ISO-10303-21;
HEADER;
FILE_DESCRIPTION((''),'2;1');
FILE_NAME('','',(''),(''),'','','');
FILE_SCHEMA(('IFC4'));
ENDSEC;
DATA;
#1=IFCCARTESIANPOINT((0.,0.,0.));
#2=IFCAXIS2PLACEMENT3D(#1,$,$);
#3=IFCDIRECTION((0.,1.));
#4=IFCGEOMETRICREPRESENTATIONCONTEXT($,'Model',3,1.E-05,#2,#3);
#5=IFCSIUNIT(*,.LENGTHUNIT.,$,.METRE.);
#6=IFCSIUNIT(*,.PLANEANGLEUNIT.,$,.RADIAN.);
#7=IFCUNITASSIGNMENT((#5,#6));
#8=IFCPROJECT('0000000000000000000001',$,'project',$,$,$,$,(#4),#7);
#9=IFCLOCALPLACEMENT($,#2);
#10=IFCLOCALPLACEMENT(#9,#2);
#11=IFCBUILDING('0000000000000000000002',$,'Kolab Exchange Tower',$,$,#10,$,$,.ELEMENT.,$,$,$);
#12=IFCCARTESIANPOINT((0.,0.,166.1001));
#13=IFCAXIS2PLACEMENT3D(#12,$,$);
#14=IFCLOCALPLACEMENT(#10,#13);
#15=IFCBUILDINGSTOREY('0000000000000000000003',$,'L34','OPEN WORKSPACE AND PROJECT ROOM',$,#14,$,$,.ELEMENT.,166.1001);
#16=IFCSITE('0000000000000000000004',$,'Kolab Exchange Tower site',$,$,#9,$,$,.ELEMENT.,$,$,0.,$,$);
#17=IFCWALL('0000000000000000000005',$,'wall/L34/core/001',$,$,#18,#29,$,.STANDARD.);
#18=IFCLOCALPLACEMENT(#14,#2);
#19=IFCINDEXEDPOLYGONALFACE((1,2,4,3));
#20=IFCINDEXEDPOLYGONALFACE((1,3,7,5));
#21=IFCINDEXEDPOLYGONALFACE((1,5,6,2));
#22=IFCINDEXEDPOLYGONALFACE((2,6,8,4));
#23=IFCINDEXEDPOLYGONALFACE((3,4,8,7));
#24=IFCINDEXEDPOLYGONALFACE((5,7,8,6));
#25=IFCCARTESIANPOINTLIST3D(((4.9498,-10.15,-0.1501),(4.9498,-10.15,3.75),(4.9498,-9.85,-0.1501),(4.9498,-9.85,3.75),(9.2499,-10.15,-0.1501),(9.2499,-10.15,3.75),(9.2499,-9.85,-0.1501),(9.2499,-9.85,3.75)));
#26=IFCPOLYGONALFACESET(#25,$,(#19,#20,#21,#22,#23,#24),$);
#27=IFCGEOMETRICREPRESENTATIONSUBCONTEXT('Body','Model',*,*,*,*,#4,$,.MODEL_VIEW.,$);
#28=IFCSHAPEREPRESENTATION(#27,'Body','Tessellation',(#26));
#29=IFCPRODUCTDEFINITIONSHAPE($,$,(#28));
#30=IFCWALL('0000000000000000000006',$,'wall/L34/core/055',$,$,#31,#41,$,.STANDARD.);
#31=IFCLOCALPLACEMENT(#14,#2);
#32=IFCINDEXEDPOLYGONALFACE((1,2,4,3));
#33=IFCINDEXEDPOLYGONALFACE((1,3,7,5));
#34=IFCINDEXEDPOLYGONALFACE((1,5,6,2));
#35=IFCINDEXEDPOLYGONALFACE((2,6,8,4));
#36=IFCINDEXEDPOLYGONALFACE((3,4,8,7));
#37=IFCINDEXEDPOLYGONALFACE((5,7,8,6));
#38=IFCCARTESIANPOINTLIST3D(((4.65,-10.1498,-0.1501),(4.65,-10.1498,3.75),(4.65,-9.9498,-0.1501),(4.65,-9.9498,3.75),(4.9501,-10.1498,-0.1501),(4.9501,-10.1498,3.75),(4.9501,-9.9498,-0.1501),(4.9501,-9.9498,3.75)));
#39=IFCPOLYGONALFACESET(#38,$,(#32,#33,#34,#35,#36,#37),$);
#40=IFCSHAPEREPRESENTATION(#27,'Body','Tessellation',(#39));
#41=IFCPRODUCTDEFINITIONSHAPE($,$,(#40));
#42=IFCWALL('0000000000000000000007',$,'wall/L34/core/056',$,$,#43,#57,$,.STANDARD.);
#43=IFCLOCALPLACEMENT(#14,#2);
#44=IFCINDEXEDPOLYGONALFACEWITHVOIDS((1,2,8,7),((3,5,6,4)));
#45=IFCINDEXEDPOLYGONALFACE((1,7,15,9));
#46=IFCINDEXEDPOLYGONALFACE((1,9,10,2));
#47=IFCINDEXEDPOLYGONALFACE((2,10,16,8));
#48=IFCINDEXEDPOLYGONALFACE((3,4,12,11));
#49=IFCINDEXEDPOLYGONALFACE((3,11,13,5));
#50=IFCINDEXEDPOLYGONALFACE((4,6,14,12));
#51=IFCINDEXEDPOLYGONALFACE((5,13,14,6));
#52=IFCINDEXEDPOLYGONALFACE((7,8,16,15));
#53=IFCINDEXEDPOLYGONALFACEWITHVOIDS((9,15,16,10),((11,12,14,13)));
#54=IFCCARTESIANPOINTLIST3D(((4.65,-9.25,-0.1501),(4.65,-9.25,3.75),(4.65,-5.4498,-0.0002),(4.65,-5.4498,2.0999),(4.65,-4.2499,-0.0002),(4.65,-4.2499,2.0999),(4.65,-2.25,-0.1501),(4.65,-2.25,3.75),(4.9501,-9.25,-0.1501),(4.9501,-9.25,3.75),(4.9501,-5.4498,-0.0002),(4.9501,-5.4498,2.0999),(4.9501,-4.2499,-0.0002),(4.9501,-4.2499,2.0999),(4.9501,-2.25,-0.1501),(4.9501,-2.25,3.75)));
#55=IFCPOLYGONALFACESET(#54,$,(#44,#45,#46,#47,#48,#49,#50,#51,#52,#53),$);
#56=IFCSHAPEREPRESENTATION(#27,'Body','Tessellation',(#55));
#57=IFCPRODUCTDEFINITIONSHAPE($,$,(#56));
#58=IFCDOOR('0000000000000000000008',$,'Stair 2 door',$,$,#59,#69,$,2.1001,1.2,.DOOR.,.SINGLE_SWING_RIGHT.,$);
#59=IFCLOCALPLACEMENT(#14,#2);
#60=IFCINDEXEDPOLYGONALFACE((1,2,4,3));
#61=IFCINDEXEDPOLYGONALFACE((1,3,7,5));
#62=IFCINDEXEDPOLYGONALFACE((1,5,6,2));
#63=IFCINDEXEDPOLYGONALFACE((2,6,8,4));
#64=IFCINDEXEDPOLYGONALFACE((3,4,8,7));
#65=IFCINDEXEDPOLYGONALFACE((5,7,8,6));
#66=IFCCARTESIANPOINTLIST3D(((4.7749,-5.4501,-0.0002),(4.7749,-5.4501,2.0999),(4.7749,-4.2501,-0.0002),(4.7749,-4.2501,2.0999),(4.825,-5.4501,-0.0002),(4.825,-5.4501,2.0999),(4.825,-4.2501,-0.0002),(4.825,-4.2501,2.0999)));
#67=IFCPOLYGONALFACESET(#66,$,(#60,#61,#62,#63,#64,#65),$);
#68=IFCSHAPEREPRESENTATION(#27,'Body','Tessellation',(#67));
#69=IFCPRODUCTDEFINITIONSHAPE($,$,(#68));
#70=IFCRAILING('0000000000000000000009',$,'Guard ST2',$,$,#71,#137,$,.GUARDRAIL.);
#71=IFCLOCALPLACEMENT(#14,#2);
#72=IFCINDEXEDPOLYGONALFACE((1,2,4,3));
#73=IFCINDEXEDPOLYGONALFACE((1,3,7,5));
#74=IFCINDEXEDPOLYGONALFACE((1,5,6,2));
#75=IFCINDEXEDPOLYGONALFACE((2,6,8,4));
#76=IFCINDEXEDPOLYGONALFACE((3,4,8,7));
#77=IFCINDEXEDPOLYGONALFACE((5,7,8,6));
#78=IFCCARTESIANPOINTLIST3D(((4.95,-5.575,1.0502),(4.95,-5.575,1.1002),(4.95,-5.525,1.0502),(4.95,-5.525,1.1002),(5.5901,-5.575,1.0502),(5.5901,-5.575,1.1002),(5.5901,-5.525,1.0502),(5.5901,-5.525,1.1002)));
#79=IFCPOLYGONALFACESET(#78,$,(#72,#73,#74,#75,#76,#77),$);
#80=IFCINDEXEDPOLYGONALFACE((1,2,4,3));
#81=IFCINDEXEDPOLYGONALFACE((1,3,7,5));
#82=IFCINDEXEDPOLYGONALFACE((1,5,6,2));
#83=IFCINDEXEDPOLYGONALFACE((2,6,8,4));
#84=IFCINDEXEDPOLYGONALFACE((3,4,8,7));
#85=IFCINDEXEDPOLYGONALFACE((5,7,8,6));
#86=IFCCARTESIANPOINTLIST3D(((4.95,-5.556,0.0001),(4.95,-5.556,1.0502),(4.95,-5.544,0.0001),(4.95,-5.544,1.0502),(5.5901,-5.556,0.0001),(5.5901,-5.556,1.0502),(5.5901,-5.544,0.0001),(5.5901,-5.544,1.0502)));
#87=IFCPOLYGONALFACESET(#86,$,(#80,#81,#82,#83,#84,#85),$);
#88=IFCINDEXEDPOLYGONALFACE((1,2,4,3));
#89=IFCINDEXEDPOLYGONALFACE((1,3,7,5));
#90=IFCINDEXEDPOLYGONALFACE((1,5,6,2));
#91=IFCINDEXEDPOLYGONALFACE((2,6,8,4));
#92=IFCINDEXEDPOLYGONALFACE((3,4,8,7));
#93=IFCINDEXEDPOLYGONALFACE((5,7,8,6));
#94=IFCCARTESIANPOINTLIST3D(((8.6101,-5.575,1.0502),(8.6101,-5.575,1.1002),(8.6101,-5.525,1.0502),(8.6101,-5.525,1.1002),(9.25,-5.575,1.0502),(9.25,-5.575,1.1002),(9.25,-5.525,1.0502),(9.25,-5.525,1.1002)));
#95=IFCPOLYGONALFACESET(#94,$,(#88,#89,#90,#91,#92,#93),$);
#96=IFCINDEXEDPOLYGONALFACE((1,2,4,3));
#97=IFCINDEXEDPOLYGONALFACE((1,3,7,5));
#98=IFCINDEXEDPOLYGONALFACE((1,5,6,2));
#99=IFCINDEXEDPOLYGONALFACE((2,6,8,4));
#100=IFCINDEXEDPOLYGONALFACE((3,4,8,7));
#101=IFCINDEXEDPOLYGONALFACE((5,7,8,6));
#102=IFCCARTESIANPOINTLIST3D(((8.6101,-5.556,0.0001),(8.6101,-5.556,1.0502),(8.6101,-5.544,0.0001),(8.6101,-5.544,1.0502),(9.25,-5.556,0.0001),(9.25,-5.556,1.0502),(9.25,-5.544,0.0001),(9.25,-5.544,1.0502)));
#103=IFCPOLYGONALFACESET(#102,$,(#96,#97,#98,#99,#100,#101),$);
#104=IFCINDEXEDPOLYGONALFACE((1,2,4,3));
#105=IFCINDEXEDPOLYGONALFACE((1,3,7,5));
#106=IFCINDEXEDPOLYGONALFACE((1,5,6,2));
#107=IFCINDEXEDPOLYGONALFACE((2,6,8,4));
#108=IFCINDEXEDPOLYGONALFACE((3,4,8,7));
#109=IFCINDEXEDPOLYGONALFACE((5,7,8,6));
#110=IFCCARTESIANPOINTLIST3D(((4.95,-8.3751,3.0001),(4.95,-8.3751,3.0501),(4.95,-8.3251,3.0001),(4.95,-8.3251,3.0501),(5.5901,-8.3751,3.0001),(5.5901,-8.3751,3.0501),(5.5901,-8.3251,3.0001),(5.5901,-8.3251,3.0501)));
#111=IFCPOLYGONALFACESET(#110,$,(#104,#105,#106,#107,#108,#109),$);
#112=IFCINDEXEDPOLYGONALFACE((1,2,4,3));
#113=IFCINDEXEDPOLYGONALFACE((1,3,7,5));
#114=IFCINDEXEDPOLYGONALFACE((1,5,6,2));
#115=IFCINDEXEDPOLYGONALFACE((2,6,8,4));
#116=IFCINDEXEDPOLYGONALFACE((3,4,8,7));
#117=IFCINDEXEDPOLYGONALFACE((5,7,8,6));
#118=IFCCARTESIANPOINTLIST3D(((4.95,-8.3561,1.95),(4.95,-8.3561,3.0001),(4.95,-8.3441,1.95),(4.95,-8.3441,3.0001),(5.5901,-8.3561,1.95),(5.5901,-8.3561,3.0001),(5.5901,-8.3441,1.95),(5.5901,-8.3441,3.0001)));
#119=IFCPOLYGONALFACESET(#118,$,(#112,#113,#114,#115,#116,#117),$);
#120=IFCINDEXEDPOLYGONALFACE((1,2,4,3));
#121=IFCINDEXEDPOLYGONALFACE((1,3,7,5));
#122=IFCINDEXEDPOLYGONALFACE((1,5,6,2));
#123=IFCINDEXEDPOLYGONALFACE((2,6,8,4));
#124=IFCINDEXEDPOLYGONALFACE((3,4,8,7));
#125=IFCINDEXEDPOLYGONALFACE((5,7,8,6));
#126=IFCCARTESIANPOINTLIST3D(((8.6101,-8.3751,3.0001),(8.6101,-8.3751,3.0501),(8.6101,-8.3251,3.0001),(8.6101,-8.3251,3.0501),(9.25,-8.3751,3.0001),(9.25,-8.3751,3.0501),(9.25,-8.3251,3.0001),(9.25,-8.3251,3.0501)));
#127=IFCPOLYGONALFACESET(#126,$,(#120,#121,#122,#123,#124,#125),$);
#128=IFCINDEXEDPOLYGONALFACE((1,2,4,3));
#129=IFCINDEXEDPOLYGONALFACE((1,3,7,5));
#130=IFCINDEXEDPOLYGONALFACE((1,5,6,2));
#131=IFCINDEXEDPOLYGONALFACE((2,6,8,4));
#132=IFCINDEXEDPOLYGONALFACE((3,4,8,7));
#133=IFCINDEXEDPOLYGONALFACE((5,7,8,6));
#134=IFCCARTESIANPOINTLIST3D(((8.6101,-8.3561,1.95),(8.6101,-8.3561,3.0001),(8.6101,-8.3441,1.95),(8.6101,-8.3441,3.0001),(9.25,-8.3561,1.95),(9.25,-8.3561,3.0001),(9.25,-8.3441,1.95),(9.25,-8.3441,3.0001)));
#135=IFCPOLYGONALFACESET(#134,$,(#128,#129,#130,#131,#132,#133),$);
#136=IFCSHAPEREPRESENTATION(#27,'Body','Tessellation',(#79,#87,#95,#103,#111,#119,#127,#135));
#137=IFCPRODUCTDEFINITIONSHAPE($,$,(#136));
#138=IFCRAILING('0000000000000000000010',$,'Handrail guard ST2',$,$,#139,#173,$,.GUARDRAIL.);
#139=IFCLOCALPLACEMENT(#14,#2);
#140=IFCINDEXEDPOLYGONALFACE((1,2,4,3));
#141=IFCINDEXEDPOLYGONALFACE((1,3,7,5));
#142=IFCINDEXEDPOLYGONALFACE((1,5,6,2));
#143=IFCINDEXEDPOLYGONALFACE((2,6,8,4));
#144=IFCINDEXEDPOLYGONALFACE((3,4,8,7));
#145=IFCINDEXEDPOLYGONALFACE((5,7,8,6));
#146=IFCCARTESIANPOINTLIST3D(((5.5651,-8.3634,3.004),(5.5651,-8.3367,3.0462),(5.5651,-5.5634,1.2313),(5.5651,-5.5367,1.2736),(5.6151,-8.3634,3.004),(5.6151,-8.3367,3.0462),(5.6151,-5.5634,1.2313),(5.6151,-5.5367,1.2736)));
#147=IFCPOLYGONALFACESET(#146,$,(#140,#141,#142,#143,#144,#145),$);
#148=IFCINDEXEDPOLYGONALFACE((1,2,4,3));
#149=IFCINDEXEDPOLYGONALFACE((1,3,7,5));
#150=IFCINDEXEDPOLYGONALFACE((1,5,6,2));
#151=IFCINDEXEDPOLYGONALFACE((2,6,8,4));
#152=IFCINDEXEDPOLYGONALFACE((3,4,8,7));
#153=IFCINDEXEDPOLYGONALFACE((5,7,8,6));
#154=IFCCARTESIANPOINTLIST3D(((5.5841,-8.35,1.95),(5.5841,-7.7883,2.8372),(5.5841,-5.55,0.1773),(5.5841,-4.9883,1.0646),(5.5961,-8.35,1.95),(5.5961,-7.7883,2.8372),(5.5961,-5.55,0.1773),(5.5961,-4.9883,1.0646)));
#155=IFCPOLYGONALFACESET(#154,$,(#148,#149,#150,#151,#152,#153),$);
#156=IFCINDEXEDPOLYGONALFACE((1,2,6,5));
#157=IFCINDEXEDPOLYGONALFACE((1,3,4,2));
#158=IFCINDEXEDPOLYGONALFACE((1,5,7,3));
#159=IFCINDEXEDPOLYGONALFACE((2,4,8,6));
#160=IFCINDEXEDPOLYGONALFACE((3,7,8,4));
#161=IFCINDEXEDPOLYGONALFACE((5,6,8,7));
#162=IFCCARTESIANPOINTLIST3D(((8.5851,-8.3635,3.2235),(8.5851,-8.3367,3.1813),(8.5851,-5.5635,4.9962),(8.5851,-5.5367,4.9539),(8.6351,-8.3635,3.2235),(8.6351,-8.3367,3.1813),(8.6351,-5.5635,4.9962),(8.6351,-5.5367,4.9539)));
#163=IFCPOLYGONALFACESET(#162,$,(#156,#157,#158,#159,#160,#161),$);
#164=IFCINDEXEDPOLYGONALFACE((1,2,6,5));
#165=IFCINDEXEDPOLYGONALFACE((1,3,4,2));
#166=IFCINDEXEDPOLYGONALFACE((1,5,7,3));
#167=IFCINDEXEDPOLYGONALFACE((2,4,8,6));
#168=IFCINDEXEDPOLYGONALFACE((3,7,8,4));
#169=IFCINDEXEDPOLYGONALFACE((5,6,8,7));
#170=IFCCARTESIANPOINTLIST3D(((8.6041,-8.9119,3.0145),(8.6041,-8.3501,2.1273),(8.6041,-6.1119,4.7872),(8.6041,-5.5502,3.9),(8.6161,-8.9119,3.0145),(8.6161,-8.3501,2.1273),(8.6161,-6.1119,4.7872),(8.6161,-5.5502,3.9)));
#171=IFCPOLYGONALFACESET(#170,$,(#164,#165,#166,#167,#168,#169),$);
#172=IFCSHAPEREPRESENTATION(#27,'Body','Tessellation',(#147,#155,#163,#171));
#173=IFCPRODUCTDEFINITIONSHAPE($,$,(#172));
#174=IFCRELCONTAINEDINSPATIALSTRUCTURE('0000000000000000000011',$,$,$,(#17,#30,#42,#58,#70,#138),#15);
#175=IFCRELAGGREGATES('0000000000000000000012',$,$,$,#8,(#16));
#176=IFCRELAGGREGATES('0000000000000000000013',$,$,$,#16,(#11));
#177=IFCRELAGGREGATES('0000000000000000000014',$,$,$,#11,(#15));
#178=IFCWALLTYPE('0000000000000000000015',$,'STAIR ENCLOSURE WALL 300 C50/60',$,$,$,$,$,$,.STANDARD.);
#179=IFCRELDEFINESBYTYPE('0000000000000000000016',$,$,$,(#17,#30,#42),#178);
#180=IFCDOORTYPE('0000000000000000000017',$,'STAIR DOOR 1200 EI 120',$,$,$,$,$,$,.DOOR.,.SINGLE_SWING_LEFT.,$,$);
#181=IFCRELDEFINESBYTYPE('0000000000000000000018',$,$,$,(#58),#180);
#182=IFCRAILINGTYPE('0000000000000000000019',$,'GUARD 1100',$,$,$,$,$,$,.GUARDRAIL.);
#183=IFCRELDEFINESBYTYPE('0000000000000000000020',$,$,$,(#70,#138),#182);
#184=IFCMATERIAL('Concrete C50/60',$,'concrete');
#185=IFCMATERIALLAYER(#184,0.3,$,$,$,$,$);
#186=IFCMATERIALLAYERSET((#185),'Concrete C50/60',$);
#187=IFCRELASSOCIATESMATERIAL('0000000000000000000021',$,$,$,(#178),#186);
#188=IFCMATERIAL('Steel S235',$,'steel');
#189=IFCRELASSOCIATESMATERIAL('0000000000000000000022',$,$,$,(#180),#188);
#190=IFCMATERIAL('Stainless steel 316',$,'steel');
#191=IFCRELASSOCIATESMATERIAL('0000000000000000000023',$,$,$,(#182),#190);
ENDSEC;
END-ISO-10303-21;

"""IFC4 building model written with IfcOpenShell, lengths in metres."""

from ifc_helpers import new_model, si_unit, direction, frame, frame_2d, origin, origin_2d, place, context, subcontext, project, spatial, rectangle, extrude, material, layer, layer_set, type_object, element, fill, save


model = new_model("IFC4")

# Units and contexts
model_context = context("Model", 3, precision=1e-05, world=origin(), true_north=direction((0.0, 1.0)))
body_context = subcontext(model_context, "Body", "Model", "MODEL_VIEW")
ifc_project = project(units=[si_unit("LENGTHUNIT", "METRE"), si_unit("PLANEANGLEUNIT", "RADIAN")], contexts=[model_context])

# Site, building, storey
site_placement = place(None, origin())
site = spatial("IfcSite", under=ifc_project, at=site_placement, Name="Kolab Exchange Tower site", CompositionType="ELEMENT", RefElevation=0.0)
building_placement = place(site_placement, origin())
building = spatial("IfcBuilding", under=site, at=building_placement, Name="Kolab Exchange Tower", CompositionType="ELEMENT")
storey_placement = place(building_placement, frame((0.0, 0.0, 166.1001)))
storey = spatial("IfcBuildingStorey", under=building, at=storey_placement, Name="L34", Description="OPEN WORKSPACE AND PROJECT ROOM", CompositionType="ELEMENT", Elevation=166.1001)

# Shared definitions
ifc_material_1 = material(Name="Concrete C50/60", Category="concrete")
ifc_material_2 = material(Name="Stainless steel 316", Category="steel")

# Shared definitions
ifc_material_3 = material(Name="Steel S235", Category="steel")

# Walls
ifc_layer_1 = layer(ifc_material_1, 0.3)
ifc_layer_set_1 = layer_set([ifc_layer_1], Name="Concrete C50/60")
wall_type_1 = type_object("IfcWallType", Name="STAIR ENCLOSURE WALL 300 C50/60", PredefinedType="STANDARD", material=ifc_layer_set_1)
wall_1_placement = place(storey_placement, frame((4.95, -10.0, -0.1501), z_axis=(0.0, 0.0, 1.0), x_axis=(1.0, 0.0, 0.0)))
element("IfcWall", 1, at=wall_1_placement, inside=storey, type_object=wall_type_1, Name="wall/L34/core/001", PredefinedType="STANDARD", context=body_context, shape_type="SweptSolid", body=[
    extrude(rectangle(XDim=4.3, YDim=0.3, at=frame_2d((2.1499, 0.0))), origin(), (0.0, 0.0, 1.0), 3.9001),
])
wall_2_placement = place(storey_placement, frame((4.8, -10.1499, -0.1501), z_axis=(0.0, 0.0, 1.0), x_axis=(0.0, 1.0, 0.0)))
element("IfcWall", 2, at=wall_2_placement, inside=storey, type_object=wall_type_1, Name="wall/L34/core/055", PredefinedType="STANDARD", context=body_context, shape_type="SweptSolid", body=[
    extrude(rectangle(XDim=0.2, YDim=0.3, at=frame_2d((0.1001, 0.0))), origin(), (0.0, 0.0, 1.0), 3.9001),
])

# Wall, opening, door
wall_3_placement = place(storey_placement, frame((4.8, -9.25, -0.1501), z_axis=(0.0, 0.0, 1.0), x_axis=(0.0, 1.0, 0.0)))
wall_3 = element("IfcWall", 3, at=wall_3_placement, inside=storey, type_object=wall_type_1, Name="wall/L34/core/056", PredefinedType="STANDARD", context=body_context, shape_type="SweptSolid", body=[
    extrude(rectangle(XDim=7.0, YDim=0.3, at=frame_2d((3.5, 0.0))), origin(), (0.0, 0.0, 1.0), 3.9001),
])
opening_1_placement = place(wall_3_placement, frame((3.8, 0.0, 0.1499)))
opening_1 = element("IfcOpeningElement", 4, at=opening_1_placement, cuts=wall_3, PredefinedType="OPENING", context=body_context, shape_type="SweptSolid", body=[
    extrude(rectangle(XDim=1.2, YDim=2.1001, at=frame_2d((0.6001, 1.05))), frame((0.0, 0.1602, 0.0), z_axis=(0.0, -1.0, 0.0), x_axis=(1.0, 0.0, 0.0)), (0.0, 0.0, 1.0), 0.3201),
])
door_type_1 = type_object("IfcDoorType", Name="STAIR DOOR 1200 EI 120", OperationType="SINGLE_SWING_LEFT", PredefinedType="DOOR", material=ifc_material_3)
door_1_placement = place(opening_1_placement, frame((1.2, 0.0, 0.0), z_axis=(0.0, 0.0, 1.0), x_axis=(-1.0, 0.0, 0.0)))
door_1 = element("IfcDoor", 5, at=door_1_placement, inside=storey, type_object=door_type_1, Name="Stair 2 door", OperationType="SINGLE_SWING_RIGHT", OverallHeight=2.1001, OverallWidth=1.2, PredefinedType="DOOR", context=body_context, shape_type="SweptSolid", body=[
    extrude(rectangle(XDim=1.2, YDim=2.1001, at=frame_2d((0.6001, 1.05))), frame((0.0, 0.0249, 0.0), z_axis=(0.0, -1.0, 0.0), x_axis=(1.0, 0.0, 0.0)), (0.0, 0.0, 1.0), 0.05),
])
fill(opening_1, door_1)

# Railings
railing_type = type_object("IfcRailingType", Name="GUARD 1100", PredefinedType="GUARDRAIL", material=ifc_material_2)
railing_1_placement = place(storey_placement, frame((4.95, -5.55, 0.0)))
element("IfcRailing", 6, at=railing_1_placement, inside=storey, type_object=railing_type, Name="Guard ST2", PredefinedType="GUARDRAIL", context=body_context, shape_type="SweptSolid", body=[
    extrude(rectangle(XDim=0.05, YDim=0.05, at=origin_2d()), frame((0.0, 0.0, 1.0752), z_axis=(1.0, 0.0, 0.0), x_axis=(0.0, 1.0, 0.0)), (0.0, 0.0, 1.0), 0.6401),
    extrude(rectangle(XDim=0.012, YDim=1.0501, at=frame_2d((0.0, 0.5251))), frame((0.0, 0.0, 0.0), z_axis=(1.0, 0.0, 0.0), x_axis=(0.0, 1.0, 0.0)), (0.0, 0.0, 1.0), 0.6401),
    extrude(rectangle(XDim=0.05, YDim=0.05, at=origin_2d()), frame((3.6602, 0.0, 1.0752), z_axis=(1.0, 0.0, 0.0), x_axis=(0.0, 1.0, 0.0)), (0.0, 0.0, 1.0), 0.6399),
    extrude(rectangle(XDim=0.012, YDim=1.0501, at=frame_2d((0.0, 0.5251))), frame((3.6602, 0.0, 0.0), z_axis=(1.0, 0.0, 0.0), x_axis=(0.0, 1.0, 0.0)), (0.0, 0.0, 1.0), 0.6399),
    extrude(rectangle(XDim=0.05, YDim=0.05, at=origin_2d()), frame((0.0, -2.8, 3.0251), z_axis=(1.0, 0.0, 0.0), x_axis=(0.0, 1.0, 0.0)), (0.0, 0.0, 1.0), 0.6401),
    extrude(rectangle(XDim=0.012, YDim=1.0501, at=frame_2d((0.0, 0.5251))), frame((0.0, -2.8, 1.95), z_axis=(1.0, 0.0, 0.0), x_axis=(0.0, 1.0, 0.0)), (0.0, 0.0, 1.0), 0.6401),
    extrude(rectangle(XDim=0.05, YDim=0.05, at=origin_2d()), frame((3.6602, -2.8, 3.0251), z_axis=(1.0, 0.0, 0.0), x_axis=(0.0, 1.0, 0.0)), (0.0, 0.0, 1.0), 0.6399),
    extrude(rectangle(XDim=0.012, YDim=1.0501, at=frame_2d((0.0, 0.5251))), frame((3.6602, -2.8, 1.95), z_axis=(1.0, 0.0, 0.0), x_axis=(0.0, 1.0, 0.0)), (0.0, 0.0, 1.0), 0.6399),
])
railing_2_placement = place(storey_placement, frame((5.5901, -5.55, 0.1772)))
element("IfcRailing", 7, at=railing_2_placement, inside=storey, type_object=railing_type, Name="Handrail guard ST2", PredefinedType="GUARDRAIL", context=body_context, shape_type="SweptSolid", body=[
    extrude(rectangle(XDim=0.05, YDim=0.05, at=origin_2d()), frame((0.0, 0.0, 1.0752), z_axis=(0.0, -0.844909, 0.53491), x_axis=(1.0, 0.0, 0.0)), (0.0, 0.0, 1.0), 3.314),
    extrude(rectangle(XDim=0.012, YDim=1.0501, at=frame_2d((0.0, 0.5251))), frame((0.0, 0.0, 0.0), z_axis=(0.0, -0.844909, 0.53491), x_axis=(1.0, 0.0, 0.0)), (0.0, 0.0, 1.0), 3.314),
    extrude(rectangle(XDim=0.05, YDim=0.05, at=origin_2d()), frame((3.02, -2.8, 3.0251), z_axis=(0.0, 0.844909, 0.53491), x_axis=(-1.0, 0.0, 0.0)), (0.0, 0.0, 1.0), 3.314),
    extrude(rectangle(XDim=0.012, YDim=1.0501, at=frame_2d((0.0, 0.5251))), frame((3.02, -2.8, 1.95), z_axis=(0.0, 0.844909, 0.53491), x_axis=(-1.0, 0.0, 0.0)), (0.0, 0.0, 1.0), 3.314),
])

save(model, "model.ifc")
